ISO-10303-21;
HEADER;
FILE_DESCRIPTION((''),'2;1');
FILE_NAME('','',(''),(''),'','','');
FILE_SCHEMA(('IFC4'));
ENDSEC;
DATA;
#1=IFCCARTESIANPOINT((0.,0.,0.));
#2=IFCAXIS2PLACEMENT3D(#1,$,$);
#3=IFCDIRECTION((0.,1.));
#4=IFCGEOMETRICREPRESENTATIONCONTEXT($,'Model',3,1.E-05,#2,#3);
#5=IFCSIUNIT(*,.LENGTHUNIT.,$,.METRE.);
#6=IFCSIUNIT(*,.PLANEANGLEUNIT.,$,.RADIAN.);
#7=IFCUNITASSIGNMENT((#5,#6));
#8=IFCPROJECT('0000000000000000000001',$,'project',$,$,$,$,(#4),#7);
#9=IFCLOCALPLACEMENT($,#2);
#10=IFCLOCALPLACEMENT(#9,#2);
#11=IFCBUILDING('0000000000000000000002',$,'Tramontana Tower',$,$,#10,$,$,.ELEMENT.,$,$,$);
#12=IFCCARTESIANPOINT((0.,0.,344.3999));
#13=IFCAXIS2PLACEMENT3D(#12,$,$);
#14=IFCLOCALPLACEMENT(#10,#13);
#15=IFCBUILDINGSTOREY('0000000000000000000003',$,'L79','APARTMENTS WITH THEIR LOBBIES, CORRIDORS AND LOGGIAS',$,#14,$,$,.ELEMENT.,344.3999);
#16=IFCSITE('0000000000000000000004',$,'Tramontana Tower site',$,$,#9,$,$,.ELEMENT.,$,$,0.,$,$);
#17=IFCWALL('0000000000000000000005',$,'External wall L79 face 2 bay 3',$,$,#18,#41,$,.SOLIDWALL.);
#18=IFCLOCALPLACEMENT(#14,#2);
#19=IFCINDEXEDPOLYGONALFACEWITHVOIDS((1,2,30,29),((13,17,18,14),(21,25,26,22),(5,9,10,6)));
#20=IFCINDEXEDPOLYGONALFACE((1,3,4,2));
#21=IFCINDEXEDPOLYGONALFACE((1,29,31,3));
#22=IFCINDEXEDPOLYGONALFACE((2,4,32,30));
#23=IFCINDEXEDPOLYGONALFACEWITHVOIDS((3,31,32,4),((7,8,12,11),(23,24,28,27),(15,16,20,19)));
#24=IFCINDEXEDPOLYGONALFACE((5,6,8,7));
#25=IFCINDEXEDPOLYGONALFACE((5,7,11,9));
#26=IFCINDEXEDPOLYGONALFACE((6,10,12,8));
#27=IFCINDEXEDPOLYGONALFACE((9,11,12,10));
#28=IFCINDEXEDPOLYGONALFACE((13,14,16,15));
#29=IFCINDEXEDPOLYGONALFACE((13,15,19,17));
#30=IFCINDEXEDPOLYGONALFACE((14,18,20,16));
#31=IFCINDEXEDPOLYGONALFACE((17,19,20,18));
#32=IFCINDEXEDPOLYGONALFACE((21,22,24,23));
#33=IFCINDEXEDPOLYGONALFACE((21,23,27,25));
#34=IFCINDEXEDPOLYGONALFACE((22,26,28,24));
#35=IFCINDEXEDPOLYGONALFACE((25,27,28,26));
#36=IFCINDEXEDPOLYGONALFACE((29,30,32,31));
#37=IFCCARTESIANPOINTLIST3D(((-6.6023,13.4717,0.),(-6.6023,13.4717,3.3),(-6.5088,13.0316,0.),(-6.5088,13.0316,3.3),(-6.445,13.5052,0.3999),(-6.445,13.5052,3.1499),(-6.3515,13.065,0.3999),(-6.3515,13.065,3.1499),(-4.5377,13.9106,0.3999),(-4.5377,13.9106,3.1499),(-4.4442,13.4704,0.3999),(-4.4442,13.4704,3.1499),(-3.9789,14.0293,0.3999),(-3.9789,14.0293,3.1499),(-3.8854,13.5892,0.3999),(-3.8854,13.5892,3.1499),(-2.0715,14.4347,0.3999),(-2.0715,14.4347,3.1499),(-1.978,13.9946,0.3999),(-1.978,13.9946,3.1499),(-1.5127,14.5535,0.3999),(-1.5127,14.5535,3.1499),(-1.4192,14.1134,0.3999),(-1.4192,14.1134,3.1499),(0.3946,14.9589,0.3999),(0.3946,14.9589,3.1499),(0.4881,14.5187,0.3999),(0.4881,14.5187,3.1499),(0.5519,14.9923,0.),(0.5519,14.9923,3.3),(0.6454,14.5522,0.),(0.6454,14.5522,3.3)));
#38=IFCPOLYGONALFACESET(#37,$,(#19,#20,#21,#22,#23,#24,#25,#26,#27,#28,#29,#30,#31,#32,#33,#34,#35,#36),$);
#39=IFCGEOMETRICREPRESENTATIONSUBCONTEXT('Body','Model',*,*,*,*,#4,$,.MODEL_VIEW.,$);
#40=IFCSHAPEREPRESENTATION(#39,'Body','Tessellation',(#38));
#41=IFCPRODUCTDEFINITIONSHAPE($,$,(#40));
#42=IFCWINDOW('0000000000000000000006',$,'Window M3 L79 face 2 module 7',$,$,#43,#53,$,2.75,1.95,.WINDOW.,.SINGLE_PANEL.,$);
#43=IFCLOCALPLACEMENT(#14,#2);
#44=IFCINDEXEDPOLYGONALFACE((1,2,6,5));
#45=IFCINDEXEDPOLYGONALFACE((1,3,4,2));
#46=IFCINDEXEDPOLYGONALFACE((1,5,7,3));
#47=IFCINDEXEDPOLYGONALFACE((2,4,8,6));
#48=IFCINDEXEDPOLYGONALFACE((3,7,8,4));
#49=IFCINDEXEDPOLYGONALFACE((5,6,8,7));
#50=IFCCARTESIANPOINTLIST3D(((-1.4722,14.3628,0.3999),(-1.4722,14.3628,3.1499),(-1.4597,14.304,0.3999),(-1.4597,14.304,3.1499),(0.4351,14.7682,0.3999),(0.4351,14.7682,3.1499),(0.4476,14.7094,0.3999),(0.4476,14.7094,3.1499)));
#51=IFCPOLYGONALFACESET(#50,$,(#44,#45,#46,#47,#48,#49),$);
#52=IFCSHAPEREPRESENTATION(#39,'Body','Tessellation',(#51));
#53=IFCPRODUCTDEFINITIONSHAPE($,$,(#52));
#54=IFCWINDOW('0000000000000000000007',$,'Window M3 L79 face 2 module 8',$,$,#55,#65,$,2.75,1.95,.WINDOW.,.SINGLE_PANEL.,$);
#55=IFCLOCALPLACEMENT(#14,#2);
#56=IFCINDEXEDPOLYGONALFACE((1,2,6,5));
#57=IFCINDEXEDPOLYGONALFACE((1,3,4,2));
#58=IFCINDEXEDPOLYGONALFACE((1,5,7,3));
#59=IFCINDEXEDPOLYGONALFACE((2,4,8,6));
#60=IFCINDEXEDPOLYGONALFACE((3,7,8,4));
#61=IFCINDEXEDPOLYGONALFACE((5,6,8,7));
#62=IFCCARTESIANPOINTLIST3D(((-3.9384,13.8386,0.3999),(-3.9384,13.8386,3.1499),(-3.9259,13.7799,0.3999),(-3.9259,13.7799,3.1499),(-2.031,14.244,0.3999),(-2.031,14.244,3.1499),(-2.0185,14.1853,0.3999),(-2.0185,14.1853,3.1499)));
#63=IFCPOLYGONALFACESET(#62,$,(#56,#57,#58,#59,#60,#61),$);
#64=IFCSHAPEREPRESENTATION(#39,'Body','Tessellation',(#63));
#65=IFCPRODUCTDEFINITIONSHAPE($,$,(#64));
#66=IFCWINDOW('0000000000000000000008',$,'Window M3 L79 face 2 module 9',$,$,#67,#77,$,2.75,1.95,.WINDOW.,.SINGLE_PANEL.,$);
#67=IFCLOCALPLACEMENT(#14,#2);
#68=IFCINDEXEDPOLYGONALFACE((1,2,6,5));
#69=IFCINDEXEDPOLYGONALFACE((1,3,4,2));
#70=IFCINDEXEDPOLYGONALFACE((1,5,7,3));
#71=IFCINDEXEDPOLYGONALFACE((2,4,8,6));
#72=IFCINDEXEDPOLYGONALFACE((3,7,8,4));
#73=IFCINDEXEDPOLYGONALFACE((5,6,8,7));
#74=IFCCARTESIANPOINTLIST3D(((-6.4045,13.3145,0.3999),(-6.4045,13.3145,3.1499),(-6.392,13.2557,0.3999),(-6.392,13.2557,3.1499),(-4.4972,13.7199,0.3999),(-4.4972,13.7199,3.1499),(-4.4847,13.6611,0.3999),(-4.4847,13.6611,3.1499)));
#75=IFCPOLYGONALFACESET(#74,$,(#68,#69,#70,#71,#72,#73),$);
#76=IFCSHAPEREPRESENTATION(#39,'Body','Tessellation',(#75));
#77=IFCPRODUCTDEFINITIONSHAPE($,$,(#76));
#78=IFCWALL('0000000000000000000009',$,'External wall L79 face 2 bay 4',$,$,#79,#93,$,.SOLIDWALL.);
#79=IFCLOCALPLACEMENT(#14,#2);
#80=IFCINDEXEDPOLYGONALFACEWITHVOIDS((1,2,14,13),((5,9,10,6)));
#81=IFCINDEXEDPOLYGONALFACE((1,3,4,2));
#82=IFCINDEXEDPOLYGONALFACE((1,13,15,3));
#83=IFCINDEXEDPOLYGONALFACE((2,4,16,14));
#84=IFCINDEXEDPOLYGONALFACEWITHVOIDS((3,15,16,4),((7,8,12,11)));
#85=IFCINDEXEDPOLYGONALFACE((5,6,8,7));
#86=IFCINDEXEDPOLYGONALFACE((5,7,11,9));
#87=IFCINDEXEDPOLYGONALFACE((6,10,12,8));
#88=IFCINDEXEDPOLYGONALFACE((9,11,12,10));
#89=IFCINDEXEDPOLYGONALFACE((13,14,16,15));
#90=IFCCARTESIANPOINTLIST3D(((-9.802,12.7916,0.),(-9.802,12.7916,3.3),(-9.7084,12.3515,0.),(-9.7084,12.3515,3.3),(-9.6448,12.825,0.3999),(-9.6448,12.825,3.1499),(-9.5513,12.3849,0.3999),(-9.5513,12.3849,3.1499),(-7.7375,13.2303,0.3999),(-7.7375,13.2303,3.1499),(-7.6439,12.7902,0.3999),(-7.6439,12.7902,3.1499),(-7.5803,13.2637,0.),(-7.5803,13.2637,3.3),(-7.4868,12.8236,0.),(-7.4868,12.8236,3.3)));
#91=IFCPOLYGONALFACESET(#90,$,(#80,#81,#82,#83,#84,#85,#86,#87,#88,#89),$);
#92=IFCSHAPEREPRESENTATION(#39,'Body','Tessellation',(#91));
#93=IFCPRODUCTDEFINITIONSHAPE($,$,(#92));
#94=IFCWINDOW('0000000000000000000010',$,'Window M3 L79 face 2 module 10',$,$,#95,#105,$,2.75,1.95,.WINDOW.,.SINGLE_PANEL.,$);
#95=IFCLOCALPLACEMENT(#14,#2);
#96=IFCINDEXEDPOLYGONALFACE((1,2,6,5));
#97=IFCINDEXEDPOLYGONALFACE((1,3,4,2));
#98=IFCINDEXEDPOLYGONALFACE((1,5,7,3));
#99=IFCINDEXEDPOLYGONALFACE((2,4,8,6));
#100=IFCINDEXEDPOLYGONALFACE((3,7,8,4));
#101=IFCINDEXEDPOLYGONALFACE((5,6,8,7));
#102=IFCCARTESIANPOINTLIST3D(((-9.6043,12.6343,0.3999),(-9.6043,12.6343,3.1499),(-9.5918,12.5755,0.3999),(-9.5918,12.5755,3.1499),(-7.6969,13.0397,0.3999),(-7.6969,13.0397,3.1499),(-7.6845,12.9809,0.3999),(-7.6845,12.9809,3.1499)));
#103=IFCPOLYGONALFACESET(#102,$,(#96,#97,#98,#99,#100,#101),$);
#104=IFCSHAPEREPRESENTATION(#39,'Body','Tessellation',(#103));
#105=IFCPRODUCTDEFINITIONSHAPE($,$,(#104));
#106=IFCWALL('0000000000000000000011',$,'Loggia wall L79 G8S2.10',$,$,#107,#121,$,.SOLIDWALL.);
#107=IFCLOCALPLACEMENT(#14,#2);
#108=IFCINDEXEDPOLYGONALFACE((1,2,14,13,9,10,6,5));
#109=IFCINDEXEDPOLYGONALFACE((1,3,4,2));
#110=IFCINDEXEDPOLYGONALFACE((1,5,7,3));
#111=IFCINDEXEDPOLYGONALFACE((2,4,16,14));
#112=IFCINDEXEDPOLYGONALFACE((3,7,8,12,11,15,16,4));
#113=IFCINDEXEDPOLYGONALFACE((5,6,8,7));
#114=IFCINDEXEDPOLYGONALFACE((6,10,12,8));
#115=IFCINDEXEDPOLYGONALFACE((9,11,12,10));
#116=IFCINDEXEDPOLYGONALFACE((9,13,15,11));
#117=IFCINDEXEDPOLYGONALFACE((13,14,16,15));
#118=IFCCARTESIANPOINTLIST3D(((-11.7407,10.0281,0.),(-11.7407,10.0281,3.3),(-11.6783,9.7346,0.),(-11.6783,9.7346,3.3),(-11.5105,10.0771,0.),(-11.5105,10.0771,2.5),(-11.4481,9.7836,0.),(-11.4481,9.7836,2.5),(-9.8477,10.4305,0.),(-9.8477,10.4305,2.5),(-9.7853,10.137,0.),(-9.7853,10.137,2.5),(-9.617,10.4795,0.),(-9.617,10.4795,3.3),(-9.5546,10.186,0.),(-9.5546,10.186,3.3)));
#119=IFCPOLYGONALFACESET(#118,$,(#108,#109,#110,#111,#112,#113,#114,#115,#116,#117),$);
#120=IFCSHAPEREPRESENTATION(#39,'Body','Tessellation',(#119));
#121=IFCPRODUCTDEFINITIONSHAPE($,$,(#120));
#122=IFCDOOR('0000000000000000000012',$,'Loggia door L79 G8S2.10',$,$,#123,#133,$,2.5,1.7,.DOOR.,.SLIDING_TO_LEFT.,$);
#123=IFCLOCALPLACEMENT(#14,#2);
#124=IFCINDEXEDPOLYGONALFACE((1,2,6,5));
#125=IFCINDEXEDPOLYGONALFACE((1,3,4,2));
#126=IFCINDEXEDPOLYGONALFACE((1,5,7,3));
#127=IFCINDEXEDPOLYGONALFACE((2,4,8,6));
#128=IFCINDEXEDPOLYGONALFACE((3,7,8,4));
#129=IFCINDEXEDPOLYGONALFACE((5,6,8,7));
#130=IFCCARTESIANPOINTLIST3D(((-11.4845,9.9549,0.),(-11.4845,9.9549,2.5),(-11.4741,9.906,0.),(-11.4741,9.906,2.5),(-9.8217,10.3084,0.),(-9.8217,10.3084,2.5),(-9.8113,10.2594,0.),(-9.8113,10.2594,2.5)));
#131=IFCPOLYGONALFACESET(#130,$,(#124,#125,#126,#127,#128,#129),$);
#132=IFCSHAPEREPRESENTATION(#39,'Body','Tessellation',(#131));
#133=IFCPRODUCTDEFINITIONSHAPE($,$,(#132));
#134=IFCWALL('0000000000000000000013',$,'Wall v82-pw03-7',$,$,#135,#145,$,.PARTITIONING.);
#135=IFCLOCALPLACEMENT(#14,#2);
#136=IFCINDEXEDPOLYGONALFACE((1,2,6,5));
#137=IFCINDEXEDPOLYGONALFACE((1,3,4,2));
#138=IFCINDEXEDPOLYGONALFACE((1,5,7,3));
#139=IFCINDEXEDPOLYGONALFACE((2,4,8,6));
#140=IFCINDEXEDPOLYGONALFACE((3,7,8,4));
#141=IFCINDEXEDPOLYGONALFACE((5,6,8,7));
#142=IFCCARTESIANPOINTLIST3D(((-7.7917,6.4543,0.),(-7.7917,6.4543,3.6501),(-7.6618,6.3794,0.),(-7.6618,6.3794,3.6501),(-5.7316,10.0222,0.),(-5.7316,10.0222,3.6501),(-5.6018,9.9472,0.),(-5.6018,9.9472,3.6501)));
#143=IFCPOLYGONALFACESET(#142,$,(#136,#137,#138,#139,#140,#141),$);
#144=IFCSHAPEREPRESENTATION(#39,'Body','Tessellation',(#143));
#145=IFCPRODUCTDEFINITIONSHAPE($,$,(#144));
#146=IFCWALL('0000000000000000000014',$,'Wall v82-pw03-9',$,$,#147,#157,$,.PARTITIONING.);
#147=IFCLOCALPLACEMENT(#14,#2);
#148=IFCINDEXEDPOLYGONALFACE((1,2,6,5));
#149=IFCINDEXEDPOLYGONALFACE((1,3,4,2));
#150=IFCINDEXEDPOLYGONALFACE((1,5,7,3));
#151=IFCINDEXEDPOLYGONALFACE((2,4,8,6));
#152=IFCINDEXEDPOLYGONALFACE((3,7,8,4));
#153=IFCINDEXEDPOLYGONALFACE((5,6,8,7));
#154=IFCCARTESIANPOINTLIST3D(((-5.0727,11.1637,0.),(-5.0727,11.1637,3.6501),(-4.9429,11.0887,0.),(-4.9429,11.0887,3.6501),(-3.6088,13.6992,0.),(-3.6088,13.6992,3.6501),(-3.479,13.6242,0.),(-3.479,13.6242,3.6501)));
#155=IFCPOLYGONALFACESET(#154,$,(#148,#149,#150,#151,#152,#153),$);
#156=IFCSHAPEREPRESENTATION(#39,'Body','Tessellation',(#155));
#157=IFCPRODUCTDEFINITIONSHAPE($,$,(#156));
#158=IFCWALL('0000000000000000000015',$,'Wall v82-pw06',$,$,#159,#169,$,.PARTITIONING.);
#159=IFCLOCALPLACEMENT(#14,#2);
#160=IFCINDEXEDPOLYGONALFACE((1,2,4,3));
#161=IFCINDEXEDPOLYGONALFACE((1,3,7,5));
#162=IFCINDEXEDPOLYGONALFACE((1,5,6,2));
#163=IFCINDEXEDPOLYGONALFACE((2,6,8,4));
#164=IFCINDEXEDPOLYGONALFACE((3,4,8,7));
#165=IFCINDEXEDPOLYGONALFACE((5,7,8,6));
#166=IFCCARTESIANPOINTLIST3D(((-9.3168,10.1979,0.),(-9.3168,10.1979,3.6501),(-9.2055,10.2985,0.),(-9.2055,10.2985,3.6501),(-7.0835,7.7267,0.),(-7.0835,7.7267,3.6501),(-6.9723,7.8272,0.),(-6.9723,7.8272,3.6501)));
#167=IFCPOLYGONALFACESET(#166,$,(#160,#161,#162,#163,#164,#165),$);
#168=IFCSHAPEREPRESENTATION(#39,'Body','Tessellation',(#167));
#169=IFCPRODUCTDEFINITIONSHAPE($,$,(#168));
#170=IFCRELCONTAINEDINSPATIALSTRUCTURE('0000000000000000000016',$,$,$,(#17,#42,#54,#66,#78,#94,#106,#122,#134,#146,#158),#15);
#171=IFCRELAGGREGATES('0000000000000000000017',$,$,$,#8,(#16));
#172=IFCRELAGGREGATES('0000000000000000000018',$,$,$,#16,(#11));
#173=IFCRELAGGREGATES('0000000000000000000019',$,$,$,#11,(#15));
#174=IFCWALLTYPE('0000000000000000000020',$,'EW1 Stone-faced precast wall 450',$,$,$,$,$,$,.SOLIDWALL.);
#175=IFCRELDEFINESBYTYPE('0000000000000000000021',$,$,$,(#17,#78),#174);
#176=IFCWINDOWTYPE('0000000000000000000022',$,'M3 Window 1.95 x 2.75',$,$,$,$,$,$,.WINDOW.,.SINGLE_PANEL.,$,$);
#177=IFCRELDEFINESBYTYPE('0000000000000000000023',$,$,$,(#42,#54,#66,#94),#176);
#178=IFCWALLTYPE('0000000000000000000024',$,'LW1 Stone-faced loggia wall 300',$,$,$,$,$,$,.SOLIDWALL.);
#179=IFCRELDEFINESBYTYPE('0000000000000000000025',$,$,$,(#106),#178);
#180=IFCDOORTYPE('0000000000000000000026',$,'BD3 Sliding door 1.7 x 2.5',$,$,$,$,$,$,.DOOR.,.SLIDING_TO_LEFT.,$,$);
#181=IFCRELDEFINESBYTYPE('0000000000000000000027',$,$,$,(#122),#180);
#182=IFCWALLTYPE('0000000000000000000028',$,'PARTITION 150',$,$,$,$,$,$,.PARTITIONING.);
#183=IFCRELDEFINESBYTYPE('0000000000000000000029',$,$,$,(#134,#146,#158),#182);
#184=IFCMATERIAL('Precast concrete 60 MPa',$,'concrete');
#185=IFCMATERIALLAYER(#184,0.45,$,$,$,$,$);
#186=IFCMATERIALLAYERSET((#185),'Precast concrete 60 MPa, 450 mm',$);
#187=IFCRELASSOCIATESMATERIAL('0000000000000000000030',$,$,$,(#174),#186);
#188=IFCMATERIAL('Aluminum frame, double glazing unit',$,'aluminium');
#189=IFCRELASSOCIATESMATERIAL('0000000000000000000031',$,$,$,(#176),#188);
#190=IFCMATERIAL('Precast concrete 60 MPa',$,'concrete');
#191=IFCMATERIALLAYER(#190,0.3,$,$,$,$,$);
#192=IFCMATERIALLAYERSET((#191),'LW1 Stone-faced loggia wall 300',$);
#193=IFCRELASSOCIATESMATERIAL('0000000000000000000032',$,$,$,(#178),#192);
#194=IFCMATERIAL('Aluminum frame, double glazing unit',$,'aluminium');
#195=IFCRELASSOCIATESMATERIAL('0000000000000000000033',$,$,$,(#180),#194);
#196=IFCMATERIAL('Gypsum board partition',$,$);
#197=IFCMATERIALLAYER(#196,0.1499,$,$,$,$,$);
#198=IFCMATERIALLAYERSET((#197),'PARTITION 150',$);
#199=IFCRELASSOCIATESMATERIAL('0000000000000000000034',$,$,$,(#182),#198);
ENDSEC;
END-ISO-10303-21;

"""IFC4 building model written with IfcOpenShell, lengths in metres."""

from ifc_helpers import new_model, si_unit, direction, frame, frame_2d, origin, place, context, subcontext, project, spatial, rectangle, extrude, material, layer, layer_set, type_object, element, fill, save


model = new_model("IFC4")

# Units and contexts
model_context = context("Model", 3, precision=1e-05, world=origin(), true_north=direction((0.0, 1.0)))
body_context = subcontext(model_context, "Body", "Model", "MODEL_VIEW")
ifc_project = project(units=[si_unit("LENGTHUNIT", "METRE"), si_unit("PLANEANGLEUNIT", "RADIAN")], contexts=[model_context])

# Site, building, storey
site_placement = place(None, origin())
site = spatial("IfcSite", under=ifc_project, at=site_placement, Name="Tramontana Tower site", CompositionType="ELEMENT", RefElevation=0.0)
building_placement = place(site_placement, origin())
building = spatial("IfcBuilding", under=site, at=building_placement, Name="Tramontana Tower", CompositionType="ELEMENT")
storey_placement = place(building_placement, frame((0.0, 0.0, 344.3999)))
storey = spatial("IfcBuildingStorey", under=building, at=storey_placement, Name="L79", Description="APARTMENTS WITH THEIR LOBBIES, CORRIDORS AND LOGGIAS", CompositionType="ELEMENT", Elevation=344.3999)

# Wall, openings, windows
ifc_material_1 = material(Name="Precast concrete 60 MPa", Category="concrete")
ifc_layer_1 = layer(ifc_material_1, 0.45)
ifc_layer_set_1 = layer_set([ifc_layer_1], Name="Precast concrete 60 MPa, 450 mm")
wall_type_1 = type_object("IfcWallType", Name="EW1 Stone-faced precast wall 450", PredefinedType="SOLIDWALL", material=ifc_layer_set_1)
wall_1_placement = place(storey_placement, frame((0.5986, 14.7722, 0.0), z_axis=(0.0, 0.0, 1.0), x_axis=(-0.978151, -0.207894, 0.0)))
wall_1 = element("IfcWall", 1, at=wall_1_placement, inside=storey, type_object=wall_type_1, Name="External wall L79 face 2 bay 3", PredefinedType="SOLIDWALL", context=body_context, shape_type="SweptSolid", body=[
    extrude(rectangle(XDim=7.314, YDim=0.45, at=frame_2d((3.657, 0.0))), origin(), (0.0, 0.0, 1.0), 3.3),
])
opening_1_placement = place(wall_1_placement, frame((0.1606, 0.0, 0.3999)))
opening_1 = element("IfcOpeningElement", 2, at=opening_1_placement, cuts=wall_1, PredefinedType="OPENING", context=body_context, shape_type="SweptSolid", body=[
    extrude(rectangle(XDim=1.95, YDim=2.75, at=frame_2d((0.9751, 1.375))), frame((0.0, 0.2349, 0.0), z_axis=(0.0, -1.0, 0.0), x_axis=(1.0, 0.0, 0.0)), (0.0, 0.0, 1.0), 0.47),
])
opening_2_placement = place(wall_1_placement, frame((2.6819, 0.0, 0.3999)))
opening_2 = element("IfcOpeningElement", 3, at=opening_2_placement, cuts=wall_1, PredefinedType="OPENING", context=body_context, shape_type="SweptSolid", body=[
    extrude(rectangle(XDim=1.95, YDim=2.75, at=frame_2d((0.9751, 1.375))), frame((0.0, 0.2349, 0.0), z_axis=(0.0, -1.0, 0.0), x_axis=(1.0, 0.0, 0.0)), (0.0, 0.0, 1.0), 0.47),
])
opening_3_placement = place(wall_1_placement, frame((5.2031, 0.0, 0.3999)))
opening_3 = element("IfcOpeningElement", 4, at=opening_3_placement, cuts=wall_1, PredefinedType="OPENING", context=body_context, shape_type="SweptSolid", body=[
    extrude(rectangle(XDim=1.95, YDim=2.75, at=frame_2d((0.9751, 1.375))), frame((0.0, 0.2349, 0.0), z_axis=(0.0, -1.0, 0.0), x_axis=(1.0, 0.0, 0.0)), (0.0, 0.0, 1.0), 0.47),
])
ifc_material_2 = material(Name="Aluminum frame, double glazing unit", Category="aluminium")
window_type = type_object("IfcWindowType", Name="M3 Window 1.95 x 2.75", PartitioningType="SINGLE_PANEL", PredefinedType="WINDOW", material=ifc_material_2)
window_1_placement = place(opening_1_placement, origin())
window_1 = element("IfcWindow", 5, at=window_1_placement, inside=storey, type_object=window_type, Name="Window M3 L79 face 2 module 7", OverallHeight=2.75, OverallWidth=1.95, PartitioningType="SINGLE_PANEL", PredefinedType="WINDOW", context=body_context, shape_type="SweptSolid", body=[
    extrude(rectangle(XDim=1.95, YDim=2.75, at=frame_2d((0.9751, 1.375))), frame((0.0, 0.03, 0.0), z_axis=(0.0, -1.0, 0.0), x_axis=(1.0, 0.0, 0.0)), (0.0, 0.0, 1.0), 0.0601),
])
fill(opening_1, window_1)
window_2_placement = place(opening_2_placement, origin())
window_2 = element("IfcWindow", 6, at=window_2_placement, inside=storey, type_object=window_type, Name="Window M3 L79 face 2 module 8", OverallHeight=2.75, OverallWidth=1.95, PartitioningType="SINGLE_PANEL", PredefinedType="WINDOW", context=body_context, shape_type="SweptSolid", body=[
    extrude(rectangle(XDim=1.95, YDim=2.75, at=frame_2d((0.9751, 1.375))), frame((0.0, 0.03, 0.0), z_axis=(0.0, -1.0, 0.0), x_axis=(1.0, 0.0, 0.0)), (0.0, 0.0, 1.0), 0.0601),
])
fill(opening_2, window_2)
window_3_placement = place(opening_3_placement, origin())
window_3 = element("IfcWindow", 7, at=window_3_placement, inside=storey, type_object=window_type, Name="Window M3 L79 face 2 module 9", OverallHeight=2.75, OverallWidth=1.95, PartitioningType="SINGLE_PANEL", PredefinedType="WINDOW", context=body_context, shape_type="SweptSolid", body=[
    extrude(rectangle(XDim=1.95, YDim=2.75, at=frame_2d((0.9751, 1.375))), frame((0.0, 0.03, 0.0), z_axis=(0.0, -1.0, 0.0), x_axis=(1.0, 0.0, 0.0)), (0.0, 0.0, 1.0), 0.0601),
])
fill(opening_3, window_3)

# Wall, opening, window
wall_2_placement = place(storey_placement, frame((-7.5334, 13.0437, 0.0), z_axis=(0.0, 0.0, 1.0), x_axis=(-0.978153, -0.207884, 0.0)))
wall_2 = element("IfcWall", 8, at=wall_2_placement, inside=storey, type_object=wall_type_1, Name="External wall L79 face 2 bay 4", PredefinedType="SOLIDWALL", context=body_context, shape_type="SweptSolid", body=[
    extrude(rectangle(XDim=2.2712, YDim=0.45, at=frame_2d((1.1357, 0.0))), origin(), (0.0, 0.0, 1.0), 3.3),
])
opening_4_placement = place(wall_2_placement, frame((0.1606, 0.0, 0.3999)))
opening_4 = element("IfcOpeningElement", 9, at=opening_4_placement, cuts=wall_2, PredefinedType="OPENING", context=body_context, shape_type="SweptSolid", body=[
    extrude(rectangle(XDim=1.95, YDim=2.75, at=frame_2d((0.9751, 1.375))), frame((0.0, 0.2349, 0.0), z_axis=(0.0, -1.0, 0.0), x_axis=(1.0, 0.0, 0.0)), (0.0, 0.0, 1.0), 0.47),
])
window_4_placement = place(opening_4_placement, origin())
window_4 = element("IfcWindow", 10, at=window_4_placement, inside=storey, type_object=window_type, Name="Window M3 L79 face 2 module 10", OverallHeight=2.75, OverallWidth=1.95, PartitioningType="SINGLE_PANEL", PredefinedType="WINDOW", context=body_context, shape_type="SweptSolid", body=[
    extrude(rectangle(XDim=1.95, YDim=2.75, at=frame_2d((0.9751, 1.375))), frame((0.0, 0.03, 0.0), z_axis=(0.0, -1.0, 0.0), x_axis=(1.0, 0.0, 0.0)), (0.0, 0.0, 1.0), 0.0601),
])
fill(opening_4, window_4)

# Wall, opening, door
ifc_material_3 = material(Name="Precast concrete 60 MPa", Category="concrete")
ifc_layer_2 = layer(ifc_material_3, 0.3)
ifc_layer_set_2 = layer_set([ifc_layer_2], Name="LW1 Stone-faced loggia wall 300")
wall_type_2 = type_object("IfcWallType", Name="LW1 Stone-faced loggia wall 300", PredefinedType="SOLIDWALL", material=ifc_layer_set_2)
wall_3_placement = place(storey_placement, frame((-9.5859, 10.3328, 0.0), z_axis=(0.0, 0.0, 1.0), x_axis=(-0.978148, -0.207909, 0.0)))
wall_3 = element("IfcWall", 11, at=wall_3_placement, inside=storey, type_object=wall_type_2, Name="Loggia wall L79 G8S2.10", PredefinedType="SOLIDWALL", context=body_context, shape_type="SweptSolid", body=[
    extrude(rectangle(XDim=2.1711, YDim=0.3, at=frame_2d((1.0854, 0.0))), origin(), (0.0, 0.0, 1.0), 3.3),
])
opening_5_placement = place(wall_3_placement, frame((0.2356, 0.0, 0.0)))
opening_5 = element("IfcOpeningElement", 12, at=opening_5_placement, cuts=wall_3, PredefinedType="OPENING", context=body_context, shape_type="SweptSolid", body=[
    extrude(rectangle(XDim=1.7, YDim=2.5, at=frame_2d((0.8501, 1.25))), frame((0.0, 0.1599, 0.0), z_axis=(0.0, -1.0, 0.0), x_axis=(1.0, 0.0, 0.0)), (0.0, 0.0, 1.0), 0.3201),
])
ifc_material_4 = material(Name="Aluminum frame, double glazing unit", Category="aluminium")
door_type_1 = type_object("IfcDoorType", Name="BD3 Sliding door 1.7 x 2.5", OperationType="SLIDING_TO_LEFT", PredefinedType="DOOR", material=ifc_material_4)
door_1_placement = place(opening_5_placement, origin())
door_1 = element("IfcDoor", 13, at=door_1_placement, inside=storey, type_object=door_type_1, Name="Loggia door L79 G8S2.10", OperationType="SLIDING_TO_LEFT", OverallHeight=2.5, OverallWidth=1.7, PredefinedType="DOOR", context=body_context, shape_type="SweptSolid", body=[
    extrude(rectangle(XDim=1.7, YDim=2.5, at=frame_2d((0.8501, 1.25))), frame((0.0, 0.0249, 0.0), z_axis=(0.0, -1.0, 0.0), x_axis=(1.0, 0.0, 0.0)), (0.0, 0.0, 1.0), 0.05),
])
fill(opening_5, door_1)

# Wall
ifc_material_5 = material(Name="Gypsum board partition")
ifc_layer_3 = layer(ifc_material_5, 0.1499)
ifc_layer_set_3 = layer_set([ifc_layer_3], Name="PARTITION 150")
wall_type_3 = type_object("IfcWallType", Name="PARTITION 150", PredefinedType="PARTITIONING", material=ifc_layer_set_3)
wall_4_placement = place(storey_placement, frame((-7.7268, 6.4167, 0.0), z_axis=(0.0, 0.0, 1.0), x_axis=(0.500027, 0.86601, 0.0)))
element("IfcWall", 14, at=wall_4_placement, inside=storey, type_object=wall_type_3, Name="Wall v82-pw03-7", PredefinedType="PARTITIONING", context=body_context, shape_type="SweptSolid", body=[
    extrude(rectangle(XDim=4.1199, YDim=0.1499, at=frame_2d((2.0601, 0.0))), origin(), (0.0, 0.0, 1.0), 3.6501),
])

# Walls
wall_5_placement = place(storey_placement, frame((-5.0078, 11.1262, 0.0), z_axis=(0.0, 0.0, 1.0), x_axis=(0.500014, 0.866018, 0.0)))
element("IfcWall", 15, at=wall_5_placement, inside=storey, type_object=wall_type_3, Name="Wall v82-pw03-9", PredefinedType="PARTITIONING", context=body_context, shape_type="SweptSolid", body=[
    extrude(rectangle(XDim=2.9277, YDim=0.1499, at=frame_2d((1.4639, 0.0))), origin(), (0.0, 0.0, 1.0), 3.6501),
])
wall_6_placement = place(storey_placement, frame((-9.2612, 10.2483, 0.0), z_axis=(0.0, 0.0, 1.0), x_axis=(0.67047, -0.741937, 0.0)))
element("IfcWall", 16, at=wall_6_placement, inside=storey, type_object=wall_type_3, Name="Wall v82-pw06", PredefinedType="PARTITIONING", context=body_context, shape_type="SweptSolid", body=[
    extrude(rectangle(XDim=3.3308, YDim=0.1499, at=frame_2d((1.6655, 0.0))), origin(), (0.0, 0.0, 1.0), 3.6501),
])

save(model, "model.ifc")
